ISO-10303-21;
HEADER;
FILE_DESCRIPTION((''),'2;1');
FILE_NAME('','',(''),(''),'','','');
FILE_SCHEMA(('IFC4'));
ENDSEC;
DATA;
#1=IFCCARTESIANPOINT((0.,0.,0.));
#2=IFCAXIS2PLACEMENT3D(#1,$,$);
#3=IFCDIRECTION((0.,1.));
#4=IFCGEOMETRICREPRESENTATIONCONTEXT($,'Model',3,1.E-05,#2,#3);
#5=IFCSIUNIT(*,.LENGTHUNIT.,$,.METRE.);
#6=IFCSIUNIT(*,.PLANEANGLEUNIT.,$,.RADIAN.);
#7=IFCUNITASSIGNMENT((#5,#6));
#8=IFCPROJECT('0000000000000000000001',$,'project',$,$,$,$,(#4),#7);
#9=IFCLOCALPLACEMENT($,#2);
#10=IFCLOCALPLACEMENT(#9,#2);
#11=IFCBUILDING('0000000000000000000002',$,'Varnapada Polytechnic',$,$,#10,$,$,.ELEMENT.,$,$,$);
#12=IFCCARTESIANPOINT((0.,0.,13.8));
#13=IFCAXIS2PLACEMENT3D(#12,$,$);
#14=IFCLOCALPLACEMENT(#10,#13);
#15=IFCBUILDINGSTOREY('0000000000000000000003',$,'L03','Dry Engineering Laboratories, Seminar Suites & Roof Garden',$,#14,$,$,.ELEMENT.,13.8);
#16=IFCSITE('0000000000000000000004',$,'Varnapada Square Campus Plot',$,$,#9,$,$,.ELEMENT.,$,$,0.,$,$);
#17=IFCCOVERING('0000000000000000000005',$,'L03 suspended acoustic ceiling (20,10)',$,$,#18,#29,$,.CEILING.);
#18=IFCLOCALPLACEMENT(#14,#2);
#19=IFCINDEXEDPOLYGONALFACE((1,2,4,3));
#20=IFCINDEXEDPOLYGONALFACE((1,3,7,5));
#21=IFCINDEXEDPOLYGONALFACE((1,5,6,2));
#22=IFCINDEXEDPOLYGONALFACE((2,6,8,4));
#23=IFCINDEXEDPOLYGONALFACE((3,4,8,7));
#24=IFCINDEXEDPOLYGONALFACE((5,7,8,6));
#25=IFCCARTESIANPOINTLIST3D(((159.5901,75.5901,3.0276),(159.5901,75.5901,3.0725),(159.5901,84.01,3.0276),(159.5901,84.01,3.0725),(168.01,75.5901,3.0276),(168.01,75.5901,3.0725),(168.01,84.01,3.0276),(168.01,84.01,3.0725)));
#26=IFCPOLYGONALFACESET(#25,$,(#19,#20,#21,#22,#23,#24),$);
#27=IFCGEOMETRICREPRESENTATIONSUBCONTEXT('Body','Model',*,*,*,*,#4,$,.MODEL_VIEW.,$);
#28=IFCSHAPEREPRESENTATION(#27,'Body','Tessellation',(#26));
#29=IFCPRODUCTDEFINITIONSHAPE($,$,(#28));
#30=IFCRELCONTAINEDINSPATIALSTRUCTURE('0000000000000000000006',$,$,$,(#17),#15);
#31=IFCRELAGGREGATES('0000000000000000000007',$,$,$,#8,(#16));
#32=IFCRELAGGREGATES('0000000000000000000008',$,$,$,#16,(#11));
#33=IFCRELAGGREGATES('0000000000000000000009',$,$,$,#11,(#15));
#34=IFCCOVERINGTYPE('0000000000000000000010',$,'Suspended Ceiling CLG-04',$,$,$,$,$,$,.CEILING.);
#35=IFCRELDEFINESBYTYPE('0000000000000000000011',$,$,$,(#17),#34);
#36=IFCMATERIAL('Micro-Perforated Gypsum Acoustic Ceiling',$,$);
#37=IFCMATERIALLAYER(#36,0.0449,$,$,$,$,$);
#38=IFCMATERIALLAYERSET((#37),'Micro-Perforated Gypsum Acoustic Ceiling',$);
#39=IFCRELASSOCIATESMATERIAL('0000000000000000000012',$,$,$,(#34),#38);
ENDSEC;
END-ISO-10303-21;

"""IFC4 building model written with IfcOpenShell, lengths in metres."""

from ifc_helpers import new_model, si_unit, direction, frame, origin, origin_2d, place, context, subcontext, project, spatial, rectangle, extrude, material, layer, layer_set, type_object, element, save


model = new_model("IFC4")

# Units and contexts
model_context = context("Model", 3, precision=1e-05, world=origin(), true_north=direction((0.0, 1.0)))
body_context = subcontext(model_context, "Body", "Model", "MODEL_VIEW")
ifc_project = project(units=[si_unit("LENGTHUNIT", "METRE"), si_unit("PLANEANGLEUNIT", "RADIAN")], contexts=[model_context])

# Site, building, storey
site_placement = place(None, origin())
site = spatial("IfcSite", under=ifc_project, at=site_placement, Name="Varnapada Square Campus Plot", CompositionType="ELEMENT", RefElevation=0.0)
building_placement = place(site_placement, origin())
building = spatial("IfcBuilding", under=site, at=building_placement, Name="Varnapada Polytechnic", CompositionType="ELEMENT")
storey_placement = place(building_placement, frame((0.0, 0.0, 13.8)))
storey = spatial("IfcBuildingStorey", under=building, at=storey_placement, Name="L03", Description="Dry Engineering Laboratories, Seminar Suites & Roof Garden", CompositionType="ELEMENT", Elevation=13.8)

# Covering
ifc_material_1 = material(Name="Micro-Perforated Gypsum Acoustic Ceiling")
ifc_layer_1 = layer(ifc_material_1, 0.0449)
ifc_layer_set_1 = layer_set([ifc_layer_1], Name="Micro-Perforated Gypsum Acoustic Ceiling")
covering_type_1 = type_object("IfcCoveringType", Name="Suspended Ceiling CLG-04", PredefinedType="CEILING", material=ifc_layer_set_1)
covering_placement = place(storey_placement, frame((163.8, 79.8, 3.0276), z_axis=(0.0, 0.0, 1.0), x_axis=(1.0, 0.0, 0.0)))
element("IfcCovering", 1, at=covering_placement, inside=storey, type_object=covering_type_1, Name="L03 suspended acoustic ceiling (20,10)", PredefinedType="CEILING", context=body_context, shape_type="SweptSolid", body=[
    extrude(rectangle(XDim=8.4199, YDim=8.4199, at=origin_2d()), origin(), (0.0, 0.0, 1.0), 0.0449),
])

save(model, "model.ifc")
